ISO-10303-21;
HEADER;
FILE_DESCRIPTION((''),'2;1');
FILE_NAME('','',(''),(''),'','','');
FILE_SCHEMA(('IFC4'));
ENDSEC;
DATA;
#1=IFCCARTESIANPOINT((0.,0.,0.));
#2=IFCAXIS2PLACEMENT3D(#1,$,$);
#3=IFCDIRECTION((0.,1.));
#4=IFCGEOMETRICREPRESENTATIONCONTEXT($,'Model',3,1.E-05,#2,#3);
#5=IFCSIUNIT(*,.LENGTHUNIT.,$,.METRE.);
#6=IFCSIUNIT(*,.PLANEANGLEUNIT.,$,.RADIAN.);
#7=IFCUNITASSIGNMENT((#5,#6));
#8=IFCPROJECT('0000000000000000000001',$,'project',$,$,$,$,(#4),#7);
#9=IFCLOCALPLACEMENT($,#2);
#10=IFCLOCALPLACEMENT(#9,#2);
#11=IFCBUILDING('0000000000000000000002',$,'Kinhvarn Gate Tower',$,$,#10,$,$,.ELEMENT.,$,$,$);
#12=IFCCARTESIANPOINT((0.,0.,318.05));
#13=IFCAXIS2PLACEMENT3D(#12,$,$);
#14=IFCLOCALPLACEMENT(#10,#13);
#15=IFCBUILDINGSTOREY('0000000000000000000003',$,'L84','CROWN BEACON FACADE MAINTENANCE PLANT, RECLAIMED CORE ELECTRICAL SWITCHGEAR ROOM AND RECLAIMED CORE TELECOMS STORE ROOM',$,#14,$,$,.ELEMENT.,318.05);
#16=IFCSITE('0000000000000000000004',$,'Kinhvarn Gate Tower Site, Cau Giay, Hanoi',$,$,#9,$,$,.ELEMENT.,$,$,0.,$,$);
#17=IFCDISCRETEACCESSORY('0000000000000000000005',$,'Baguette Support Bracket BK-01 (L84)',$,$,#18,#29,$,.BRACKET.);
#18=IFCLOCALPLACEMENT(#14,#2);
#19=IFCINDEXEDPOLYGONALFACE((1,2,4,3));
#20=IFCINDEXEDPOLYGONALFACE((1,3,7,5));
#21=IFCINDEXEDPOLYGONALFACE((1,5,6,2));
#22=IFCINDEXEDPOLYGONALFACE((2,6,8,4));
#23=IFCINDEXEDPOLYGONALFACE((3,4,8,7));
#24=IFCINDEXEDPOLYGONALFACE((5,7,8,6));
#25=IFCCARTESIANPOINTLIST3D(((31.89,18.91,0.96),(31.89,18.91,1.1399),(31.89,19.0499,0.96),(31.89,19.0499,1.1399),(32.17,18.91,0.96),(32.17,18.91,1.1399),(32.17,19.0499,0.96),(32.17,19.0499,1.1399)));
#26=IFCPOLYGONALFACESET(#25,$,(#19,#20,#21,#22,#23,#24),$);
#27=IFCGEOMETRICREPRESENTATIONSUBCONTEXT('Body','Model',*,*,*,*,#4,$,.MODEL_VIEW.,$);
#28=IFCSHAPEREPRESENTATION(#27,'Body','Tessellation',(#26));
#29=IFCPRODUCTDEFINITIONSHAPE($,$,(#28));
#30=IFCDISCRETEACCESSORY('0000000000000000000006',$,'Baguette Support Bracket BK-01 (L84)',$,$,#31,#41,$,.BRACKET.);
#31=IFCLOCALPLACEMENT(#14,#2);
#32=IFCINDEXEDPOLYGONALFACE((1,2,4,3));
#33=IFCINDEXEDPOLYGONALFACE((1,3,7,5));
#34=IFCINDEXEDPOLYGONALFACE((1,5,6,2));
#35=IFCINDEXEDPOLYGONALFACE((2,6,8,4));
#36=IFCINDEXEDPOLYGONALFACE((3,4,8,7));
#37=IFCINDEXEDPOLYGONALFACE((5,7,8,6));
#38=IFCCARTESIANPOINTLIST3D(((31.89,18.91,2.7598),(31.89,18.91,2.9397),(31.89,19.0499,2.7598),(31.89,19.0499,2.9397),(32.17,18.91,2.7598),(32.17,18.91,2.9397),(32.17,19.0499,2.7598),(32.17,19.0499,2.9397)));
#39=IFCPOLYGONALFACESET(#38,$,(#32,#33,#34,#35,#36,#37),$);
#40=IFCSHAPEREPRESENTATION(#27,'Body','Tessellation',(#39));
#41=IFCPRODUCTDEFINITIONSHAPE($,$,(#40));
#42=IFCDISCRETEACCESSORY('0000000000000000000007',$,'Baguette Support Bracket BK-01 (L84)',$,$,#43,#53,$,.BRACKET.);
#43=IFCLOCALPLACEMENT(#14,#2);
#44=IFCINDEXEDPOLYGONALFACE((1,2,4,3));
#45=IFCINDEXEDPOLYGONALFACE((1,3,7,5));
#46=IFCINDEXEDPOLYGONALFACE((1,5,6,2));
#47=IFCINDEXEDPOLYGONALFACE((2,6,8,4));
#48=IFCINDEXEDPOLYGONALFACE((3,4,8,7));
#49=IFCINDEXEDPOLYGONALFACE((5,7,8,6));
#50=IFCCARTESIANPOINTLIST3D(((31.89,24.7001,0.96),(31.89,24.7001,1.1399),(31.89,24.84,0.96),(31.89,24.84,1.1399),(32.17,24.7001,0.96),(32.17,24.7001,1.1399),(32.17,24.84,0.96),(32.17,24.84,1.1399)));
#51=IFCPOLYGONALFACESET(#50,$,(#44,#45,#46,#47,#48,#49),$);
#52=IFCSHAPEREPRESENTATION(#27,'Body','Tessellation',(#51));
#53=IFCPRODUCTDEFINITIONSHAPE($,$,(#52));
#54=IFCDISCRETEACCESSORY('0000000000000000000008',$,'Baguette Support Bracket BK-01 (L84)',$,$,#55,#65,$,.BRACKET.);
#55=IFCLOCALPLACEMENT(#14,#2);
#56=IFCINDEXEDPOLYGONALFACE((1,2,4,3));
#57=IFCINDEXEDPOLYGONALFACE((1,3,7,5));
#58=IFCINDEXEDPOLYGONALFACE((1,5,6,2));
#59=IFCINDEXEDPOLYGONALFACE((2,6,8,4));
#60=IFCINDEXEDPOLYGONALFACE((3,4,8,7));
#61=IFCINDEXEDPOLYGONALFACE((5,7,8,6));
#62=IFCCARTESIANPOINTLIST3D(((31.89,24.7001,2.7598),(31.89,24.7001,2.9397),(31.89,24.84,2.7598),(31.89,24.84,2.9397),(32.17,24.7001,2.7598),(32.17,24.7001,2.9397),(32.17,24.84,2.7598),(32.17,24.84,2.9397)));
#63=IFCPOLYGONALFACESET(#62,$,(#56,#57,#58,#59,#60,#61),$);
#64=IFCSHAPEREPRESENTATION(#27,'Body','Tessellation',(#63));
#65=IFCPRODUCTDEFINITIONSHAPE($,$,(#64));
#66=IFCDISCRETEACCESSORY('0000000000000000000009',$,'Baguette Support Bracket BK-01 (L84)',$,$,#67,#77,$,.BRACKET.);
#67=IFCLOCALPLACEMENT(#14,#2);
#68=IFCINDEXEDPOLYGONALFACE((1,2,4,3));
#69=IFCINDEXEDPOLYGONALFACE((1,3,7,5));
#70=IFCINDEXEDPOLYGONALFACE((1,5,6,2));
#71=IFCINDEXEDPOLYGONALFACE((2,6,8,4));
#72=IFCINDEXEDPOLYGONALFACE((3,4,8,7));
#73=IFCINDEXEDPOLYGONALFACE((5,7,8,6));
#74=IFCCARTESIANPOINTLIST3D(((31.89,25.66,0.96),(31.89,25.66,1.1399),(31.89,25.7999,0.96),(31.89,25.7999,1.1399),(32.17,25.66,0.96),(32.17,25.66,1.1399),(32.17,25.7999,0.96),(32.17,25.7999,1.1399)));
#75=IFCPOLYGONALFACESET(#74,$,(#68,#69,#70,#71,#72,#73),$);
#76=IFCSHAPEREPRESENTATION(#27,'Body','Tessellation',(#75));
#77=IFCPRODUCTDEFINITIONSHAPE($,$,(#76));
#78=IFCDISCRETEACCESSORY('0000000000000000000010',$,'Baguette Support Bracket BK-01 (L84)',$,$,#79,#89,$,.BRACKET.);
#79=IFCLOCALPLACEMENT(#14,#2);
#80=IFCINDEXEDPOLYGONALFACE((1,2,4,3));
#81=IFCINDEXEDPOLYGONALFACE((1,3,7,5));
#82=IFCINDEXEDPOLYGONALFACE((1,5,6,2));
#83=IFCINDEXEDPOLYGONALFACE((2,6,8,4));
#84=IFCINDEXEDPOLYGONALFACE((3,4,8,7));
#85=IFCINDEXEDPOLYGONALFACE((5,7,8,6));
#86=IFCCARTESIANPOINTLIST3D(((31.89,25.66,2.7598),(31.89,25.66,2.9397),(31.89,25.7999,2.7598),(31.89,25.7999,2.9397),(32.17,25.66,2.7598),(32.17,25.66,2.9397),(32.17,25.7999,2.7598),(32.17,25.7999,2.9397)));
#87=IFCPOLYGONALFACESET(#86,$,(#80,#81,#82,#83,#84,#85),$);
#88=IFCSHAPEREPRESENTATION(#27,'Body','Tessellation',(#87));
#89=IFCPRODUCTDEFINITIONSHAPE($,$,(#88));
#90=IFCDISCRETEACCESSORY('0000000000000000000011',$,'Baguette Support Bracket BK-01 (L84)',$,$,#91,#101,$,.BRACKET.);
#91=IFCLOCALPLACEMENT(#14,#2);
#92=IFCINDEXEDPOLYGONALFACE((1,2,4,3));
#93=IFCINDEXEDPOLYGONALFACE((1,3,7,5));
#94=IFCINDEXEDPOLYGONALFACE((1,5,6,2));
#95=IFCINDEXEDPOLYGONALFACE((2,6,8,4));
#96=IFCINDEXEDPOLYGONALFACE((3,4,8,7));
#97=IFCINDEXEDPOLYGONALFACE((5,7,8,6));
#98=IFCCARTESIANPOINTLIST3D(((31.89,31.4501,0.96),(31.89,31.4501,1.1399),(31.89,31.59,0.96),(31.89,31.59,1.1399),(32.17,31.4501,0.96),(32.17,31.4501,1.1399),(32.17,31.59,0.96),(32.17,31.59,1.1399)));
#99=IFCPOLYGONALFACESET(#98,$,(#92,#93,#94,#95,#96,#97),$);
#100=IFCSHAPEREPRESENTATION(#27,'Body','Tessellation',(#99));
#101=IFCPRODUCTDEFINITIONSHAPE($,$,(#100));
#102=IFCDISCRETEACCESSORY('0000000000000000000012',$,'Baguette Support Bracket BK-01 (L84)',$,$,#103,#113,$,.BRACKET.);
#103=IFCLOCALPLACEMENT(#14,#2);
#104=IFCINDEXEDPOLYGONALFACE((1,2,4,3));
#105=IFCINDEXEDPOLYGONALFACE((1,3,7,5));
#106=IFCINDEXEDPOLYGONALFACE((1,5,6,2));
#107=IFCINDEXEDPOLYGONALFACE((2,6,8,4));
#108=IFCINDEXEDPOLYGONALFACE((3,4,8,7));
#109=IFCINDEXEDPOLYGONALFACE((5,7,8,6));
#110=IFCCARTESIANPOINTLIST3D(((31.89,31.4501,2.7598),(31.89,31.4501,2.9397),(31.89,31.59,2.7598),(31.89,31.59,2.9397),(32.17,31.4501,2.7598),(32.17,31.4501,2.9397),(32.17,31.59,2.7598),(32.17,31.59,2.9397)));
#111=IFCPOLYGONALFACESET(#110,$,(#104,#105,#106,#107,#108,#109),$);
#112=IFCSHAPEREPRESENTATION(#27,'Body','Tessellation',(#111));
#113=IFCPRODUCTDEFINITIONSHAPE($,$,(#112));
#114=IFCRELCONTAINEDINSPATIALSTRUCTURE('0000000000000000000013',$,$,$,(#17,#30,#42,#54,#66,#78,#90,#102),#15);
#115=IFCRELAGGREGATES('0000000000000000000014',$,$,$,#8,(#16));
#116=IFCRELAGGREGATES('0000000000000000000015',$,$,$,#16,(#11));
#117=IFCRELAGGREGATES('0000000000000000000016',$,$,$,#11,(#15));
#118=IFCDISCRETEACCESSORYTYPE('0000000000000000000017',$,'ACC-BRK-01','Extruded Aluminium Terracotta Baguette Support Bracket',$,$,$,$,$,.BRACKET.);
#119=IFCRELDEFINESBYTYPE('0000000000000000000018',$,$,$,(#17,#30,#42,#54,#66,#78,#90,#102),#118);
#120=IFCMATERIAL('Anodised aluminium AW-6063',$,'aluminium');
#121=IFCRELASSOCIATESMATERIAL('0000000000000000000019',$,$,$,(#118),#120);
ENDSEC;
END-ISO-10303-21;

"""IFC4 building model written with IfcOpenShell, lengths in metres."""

from ifc_helpers import new_model, si_unit, direction, frame, origin, origin_2d, place, context, subcontext, project, spatial, rectangle, extrude, material, type_object, element, save


model = new_model("IFC4")

# Units and contexts
model_context = context("Model", 3, precision=1e-05, world=origin(), true_north=direction((0.0, 1.0)))
body_context = subcontext(model_context, "Body", "Model", "MODEL_VIEW")
ifc_project = project(units=[si_unit("LENGTHUNIT", "METRE"), si_unit("PLANEANGLEUNIT", "RADIAN")], contexts=[model_context])

# Site, building, storey
site_placement = place(None, origin())
site = spatial("IfcSite", under=ifc_project, at=site_placement, Name="Kinhvarn Gate Tower Site, Cau Giay, Hanoi", CompositionType="ELEMENT", RefElevation=0.0)
building_placement = place(site_placement, origin())
building = spatial("IfcBuilding", under=site, at=building_placement, Name="Kinhvarn Gate Tower", CompositionType="ELEMENT")
storey_placement = place(building_placement, frame((0.0, 0.0, 318.05)))
storey = spatial("IfcBuildingStorey", under=building, at=storey_placement, Name="L84", Description="CROWN BEACON FACADE MAINTENANCE PLANT, RECLAIMED CORE ELECTRICAL SWITCHGEAR ROOM AND RECLAIMED CORE TELECOMS STORE ROOM", CompositionType="ELEMENT", Elevation=318.05)

# Shared definitions
ifc_material_1 = material(Name="Anodised aluminium AW-6063", Category="aluminium")

# Discrete accessories
discrete_accessory_type = type_object("IfcDiscreteAccessoryType", Name="ACC-BRK-01", Description="Extruded Aluminium Terracotta Baguette Support Bracket", PredefinedType="BRACKET", material=ifc_material_1)
for number, where, z_axis, x_axis, name in (
    (1, (32.03, 18.98, 0.96), (0.0, 0.0, 1.0), (0.0, 1.0, 0.0), "Baguette Support Bracket BK-01 (L84)"),
    (2, (32.03, 18.98, 2.7598), (0.0, 0.0, 1.0), (0.0, 1.0, 0.0), "Baguette Support Bracket BK-01 (L84)"),
    (3, (32.03, 24.77, 0.96), (0.0, 0.0, 1.0), (0.0, 1.0, 0.0), "Baguette Support Bracket BK-01 (L84)"),
    (4, (32.03, 24.77, 2.7598), (0.0, 0.0, 1.0), (0.0, 1.0, 0.0), "Baguette Support Bracket BK-01 (L84)"),
    (5, (32.03, 25.73, 0.96), (0.0, 0.0, 1.0), (0.0, 1.0, 0.0), "Baguette Support Bracket BK-01 (L84)"),
    (6, (32.03, 25.73, 2.7598), (0.0, 0.0, 1.0), (0.0, 1.0, 0.0), "Baguette Support Bracket BK-01 (L84)"),
    (7, (32.03, 31.52, 0.96), (0.0, 0.0, 1.0), (0.0, 1.0, 0.0), "Baguette Support Bracket BK-01 (L84)"),
    (8, (32.03, 31.52, 2.7598), (0.0, 0.0, 1.0), (0.0, 1.0, 0.0), "Baguette Support Bracket BK-01 (L84)"),
):
    element("IfcDiscreteAccessory", number, at=place(storey_placement, frame(where, z_axis=z_axis, x_axis=x_axis)), inside=storey, type_object=discrete_accessory_type, Name=name, PredefinedType="BRACKET", context=body_context, shape_type="SweptSolid", body=[
        extrude(rectangle(XDim=0.1399, YDim=0.28, at=origin_2d()), origin(), (0.0, 0.0, 1.0), 0.1799),
    ])

save(model, "model.ifc")
